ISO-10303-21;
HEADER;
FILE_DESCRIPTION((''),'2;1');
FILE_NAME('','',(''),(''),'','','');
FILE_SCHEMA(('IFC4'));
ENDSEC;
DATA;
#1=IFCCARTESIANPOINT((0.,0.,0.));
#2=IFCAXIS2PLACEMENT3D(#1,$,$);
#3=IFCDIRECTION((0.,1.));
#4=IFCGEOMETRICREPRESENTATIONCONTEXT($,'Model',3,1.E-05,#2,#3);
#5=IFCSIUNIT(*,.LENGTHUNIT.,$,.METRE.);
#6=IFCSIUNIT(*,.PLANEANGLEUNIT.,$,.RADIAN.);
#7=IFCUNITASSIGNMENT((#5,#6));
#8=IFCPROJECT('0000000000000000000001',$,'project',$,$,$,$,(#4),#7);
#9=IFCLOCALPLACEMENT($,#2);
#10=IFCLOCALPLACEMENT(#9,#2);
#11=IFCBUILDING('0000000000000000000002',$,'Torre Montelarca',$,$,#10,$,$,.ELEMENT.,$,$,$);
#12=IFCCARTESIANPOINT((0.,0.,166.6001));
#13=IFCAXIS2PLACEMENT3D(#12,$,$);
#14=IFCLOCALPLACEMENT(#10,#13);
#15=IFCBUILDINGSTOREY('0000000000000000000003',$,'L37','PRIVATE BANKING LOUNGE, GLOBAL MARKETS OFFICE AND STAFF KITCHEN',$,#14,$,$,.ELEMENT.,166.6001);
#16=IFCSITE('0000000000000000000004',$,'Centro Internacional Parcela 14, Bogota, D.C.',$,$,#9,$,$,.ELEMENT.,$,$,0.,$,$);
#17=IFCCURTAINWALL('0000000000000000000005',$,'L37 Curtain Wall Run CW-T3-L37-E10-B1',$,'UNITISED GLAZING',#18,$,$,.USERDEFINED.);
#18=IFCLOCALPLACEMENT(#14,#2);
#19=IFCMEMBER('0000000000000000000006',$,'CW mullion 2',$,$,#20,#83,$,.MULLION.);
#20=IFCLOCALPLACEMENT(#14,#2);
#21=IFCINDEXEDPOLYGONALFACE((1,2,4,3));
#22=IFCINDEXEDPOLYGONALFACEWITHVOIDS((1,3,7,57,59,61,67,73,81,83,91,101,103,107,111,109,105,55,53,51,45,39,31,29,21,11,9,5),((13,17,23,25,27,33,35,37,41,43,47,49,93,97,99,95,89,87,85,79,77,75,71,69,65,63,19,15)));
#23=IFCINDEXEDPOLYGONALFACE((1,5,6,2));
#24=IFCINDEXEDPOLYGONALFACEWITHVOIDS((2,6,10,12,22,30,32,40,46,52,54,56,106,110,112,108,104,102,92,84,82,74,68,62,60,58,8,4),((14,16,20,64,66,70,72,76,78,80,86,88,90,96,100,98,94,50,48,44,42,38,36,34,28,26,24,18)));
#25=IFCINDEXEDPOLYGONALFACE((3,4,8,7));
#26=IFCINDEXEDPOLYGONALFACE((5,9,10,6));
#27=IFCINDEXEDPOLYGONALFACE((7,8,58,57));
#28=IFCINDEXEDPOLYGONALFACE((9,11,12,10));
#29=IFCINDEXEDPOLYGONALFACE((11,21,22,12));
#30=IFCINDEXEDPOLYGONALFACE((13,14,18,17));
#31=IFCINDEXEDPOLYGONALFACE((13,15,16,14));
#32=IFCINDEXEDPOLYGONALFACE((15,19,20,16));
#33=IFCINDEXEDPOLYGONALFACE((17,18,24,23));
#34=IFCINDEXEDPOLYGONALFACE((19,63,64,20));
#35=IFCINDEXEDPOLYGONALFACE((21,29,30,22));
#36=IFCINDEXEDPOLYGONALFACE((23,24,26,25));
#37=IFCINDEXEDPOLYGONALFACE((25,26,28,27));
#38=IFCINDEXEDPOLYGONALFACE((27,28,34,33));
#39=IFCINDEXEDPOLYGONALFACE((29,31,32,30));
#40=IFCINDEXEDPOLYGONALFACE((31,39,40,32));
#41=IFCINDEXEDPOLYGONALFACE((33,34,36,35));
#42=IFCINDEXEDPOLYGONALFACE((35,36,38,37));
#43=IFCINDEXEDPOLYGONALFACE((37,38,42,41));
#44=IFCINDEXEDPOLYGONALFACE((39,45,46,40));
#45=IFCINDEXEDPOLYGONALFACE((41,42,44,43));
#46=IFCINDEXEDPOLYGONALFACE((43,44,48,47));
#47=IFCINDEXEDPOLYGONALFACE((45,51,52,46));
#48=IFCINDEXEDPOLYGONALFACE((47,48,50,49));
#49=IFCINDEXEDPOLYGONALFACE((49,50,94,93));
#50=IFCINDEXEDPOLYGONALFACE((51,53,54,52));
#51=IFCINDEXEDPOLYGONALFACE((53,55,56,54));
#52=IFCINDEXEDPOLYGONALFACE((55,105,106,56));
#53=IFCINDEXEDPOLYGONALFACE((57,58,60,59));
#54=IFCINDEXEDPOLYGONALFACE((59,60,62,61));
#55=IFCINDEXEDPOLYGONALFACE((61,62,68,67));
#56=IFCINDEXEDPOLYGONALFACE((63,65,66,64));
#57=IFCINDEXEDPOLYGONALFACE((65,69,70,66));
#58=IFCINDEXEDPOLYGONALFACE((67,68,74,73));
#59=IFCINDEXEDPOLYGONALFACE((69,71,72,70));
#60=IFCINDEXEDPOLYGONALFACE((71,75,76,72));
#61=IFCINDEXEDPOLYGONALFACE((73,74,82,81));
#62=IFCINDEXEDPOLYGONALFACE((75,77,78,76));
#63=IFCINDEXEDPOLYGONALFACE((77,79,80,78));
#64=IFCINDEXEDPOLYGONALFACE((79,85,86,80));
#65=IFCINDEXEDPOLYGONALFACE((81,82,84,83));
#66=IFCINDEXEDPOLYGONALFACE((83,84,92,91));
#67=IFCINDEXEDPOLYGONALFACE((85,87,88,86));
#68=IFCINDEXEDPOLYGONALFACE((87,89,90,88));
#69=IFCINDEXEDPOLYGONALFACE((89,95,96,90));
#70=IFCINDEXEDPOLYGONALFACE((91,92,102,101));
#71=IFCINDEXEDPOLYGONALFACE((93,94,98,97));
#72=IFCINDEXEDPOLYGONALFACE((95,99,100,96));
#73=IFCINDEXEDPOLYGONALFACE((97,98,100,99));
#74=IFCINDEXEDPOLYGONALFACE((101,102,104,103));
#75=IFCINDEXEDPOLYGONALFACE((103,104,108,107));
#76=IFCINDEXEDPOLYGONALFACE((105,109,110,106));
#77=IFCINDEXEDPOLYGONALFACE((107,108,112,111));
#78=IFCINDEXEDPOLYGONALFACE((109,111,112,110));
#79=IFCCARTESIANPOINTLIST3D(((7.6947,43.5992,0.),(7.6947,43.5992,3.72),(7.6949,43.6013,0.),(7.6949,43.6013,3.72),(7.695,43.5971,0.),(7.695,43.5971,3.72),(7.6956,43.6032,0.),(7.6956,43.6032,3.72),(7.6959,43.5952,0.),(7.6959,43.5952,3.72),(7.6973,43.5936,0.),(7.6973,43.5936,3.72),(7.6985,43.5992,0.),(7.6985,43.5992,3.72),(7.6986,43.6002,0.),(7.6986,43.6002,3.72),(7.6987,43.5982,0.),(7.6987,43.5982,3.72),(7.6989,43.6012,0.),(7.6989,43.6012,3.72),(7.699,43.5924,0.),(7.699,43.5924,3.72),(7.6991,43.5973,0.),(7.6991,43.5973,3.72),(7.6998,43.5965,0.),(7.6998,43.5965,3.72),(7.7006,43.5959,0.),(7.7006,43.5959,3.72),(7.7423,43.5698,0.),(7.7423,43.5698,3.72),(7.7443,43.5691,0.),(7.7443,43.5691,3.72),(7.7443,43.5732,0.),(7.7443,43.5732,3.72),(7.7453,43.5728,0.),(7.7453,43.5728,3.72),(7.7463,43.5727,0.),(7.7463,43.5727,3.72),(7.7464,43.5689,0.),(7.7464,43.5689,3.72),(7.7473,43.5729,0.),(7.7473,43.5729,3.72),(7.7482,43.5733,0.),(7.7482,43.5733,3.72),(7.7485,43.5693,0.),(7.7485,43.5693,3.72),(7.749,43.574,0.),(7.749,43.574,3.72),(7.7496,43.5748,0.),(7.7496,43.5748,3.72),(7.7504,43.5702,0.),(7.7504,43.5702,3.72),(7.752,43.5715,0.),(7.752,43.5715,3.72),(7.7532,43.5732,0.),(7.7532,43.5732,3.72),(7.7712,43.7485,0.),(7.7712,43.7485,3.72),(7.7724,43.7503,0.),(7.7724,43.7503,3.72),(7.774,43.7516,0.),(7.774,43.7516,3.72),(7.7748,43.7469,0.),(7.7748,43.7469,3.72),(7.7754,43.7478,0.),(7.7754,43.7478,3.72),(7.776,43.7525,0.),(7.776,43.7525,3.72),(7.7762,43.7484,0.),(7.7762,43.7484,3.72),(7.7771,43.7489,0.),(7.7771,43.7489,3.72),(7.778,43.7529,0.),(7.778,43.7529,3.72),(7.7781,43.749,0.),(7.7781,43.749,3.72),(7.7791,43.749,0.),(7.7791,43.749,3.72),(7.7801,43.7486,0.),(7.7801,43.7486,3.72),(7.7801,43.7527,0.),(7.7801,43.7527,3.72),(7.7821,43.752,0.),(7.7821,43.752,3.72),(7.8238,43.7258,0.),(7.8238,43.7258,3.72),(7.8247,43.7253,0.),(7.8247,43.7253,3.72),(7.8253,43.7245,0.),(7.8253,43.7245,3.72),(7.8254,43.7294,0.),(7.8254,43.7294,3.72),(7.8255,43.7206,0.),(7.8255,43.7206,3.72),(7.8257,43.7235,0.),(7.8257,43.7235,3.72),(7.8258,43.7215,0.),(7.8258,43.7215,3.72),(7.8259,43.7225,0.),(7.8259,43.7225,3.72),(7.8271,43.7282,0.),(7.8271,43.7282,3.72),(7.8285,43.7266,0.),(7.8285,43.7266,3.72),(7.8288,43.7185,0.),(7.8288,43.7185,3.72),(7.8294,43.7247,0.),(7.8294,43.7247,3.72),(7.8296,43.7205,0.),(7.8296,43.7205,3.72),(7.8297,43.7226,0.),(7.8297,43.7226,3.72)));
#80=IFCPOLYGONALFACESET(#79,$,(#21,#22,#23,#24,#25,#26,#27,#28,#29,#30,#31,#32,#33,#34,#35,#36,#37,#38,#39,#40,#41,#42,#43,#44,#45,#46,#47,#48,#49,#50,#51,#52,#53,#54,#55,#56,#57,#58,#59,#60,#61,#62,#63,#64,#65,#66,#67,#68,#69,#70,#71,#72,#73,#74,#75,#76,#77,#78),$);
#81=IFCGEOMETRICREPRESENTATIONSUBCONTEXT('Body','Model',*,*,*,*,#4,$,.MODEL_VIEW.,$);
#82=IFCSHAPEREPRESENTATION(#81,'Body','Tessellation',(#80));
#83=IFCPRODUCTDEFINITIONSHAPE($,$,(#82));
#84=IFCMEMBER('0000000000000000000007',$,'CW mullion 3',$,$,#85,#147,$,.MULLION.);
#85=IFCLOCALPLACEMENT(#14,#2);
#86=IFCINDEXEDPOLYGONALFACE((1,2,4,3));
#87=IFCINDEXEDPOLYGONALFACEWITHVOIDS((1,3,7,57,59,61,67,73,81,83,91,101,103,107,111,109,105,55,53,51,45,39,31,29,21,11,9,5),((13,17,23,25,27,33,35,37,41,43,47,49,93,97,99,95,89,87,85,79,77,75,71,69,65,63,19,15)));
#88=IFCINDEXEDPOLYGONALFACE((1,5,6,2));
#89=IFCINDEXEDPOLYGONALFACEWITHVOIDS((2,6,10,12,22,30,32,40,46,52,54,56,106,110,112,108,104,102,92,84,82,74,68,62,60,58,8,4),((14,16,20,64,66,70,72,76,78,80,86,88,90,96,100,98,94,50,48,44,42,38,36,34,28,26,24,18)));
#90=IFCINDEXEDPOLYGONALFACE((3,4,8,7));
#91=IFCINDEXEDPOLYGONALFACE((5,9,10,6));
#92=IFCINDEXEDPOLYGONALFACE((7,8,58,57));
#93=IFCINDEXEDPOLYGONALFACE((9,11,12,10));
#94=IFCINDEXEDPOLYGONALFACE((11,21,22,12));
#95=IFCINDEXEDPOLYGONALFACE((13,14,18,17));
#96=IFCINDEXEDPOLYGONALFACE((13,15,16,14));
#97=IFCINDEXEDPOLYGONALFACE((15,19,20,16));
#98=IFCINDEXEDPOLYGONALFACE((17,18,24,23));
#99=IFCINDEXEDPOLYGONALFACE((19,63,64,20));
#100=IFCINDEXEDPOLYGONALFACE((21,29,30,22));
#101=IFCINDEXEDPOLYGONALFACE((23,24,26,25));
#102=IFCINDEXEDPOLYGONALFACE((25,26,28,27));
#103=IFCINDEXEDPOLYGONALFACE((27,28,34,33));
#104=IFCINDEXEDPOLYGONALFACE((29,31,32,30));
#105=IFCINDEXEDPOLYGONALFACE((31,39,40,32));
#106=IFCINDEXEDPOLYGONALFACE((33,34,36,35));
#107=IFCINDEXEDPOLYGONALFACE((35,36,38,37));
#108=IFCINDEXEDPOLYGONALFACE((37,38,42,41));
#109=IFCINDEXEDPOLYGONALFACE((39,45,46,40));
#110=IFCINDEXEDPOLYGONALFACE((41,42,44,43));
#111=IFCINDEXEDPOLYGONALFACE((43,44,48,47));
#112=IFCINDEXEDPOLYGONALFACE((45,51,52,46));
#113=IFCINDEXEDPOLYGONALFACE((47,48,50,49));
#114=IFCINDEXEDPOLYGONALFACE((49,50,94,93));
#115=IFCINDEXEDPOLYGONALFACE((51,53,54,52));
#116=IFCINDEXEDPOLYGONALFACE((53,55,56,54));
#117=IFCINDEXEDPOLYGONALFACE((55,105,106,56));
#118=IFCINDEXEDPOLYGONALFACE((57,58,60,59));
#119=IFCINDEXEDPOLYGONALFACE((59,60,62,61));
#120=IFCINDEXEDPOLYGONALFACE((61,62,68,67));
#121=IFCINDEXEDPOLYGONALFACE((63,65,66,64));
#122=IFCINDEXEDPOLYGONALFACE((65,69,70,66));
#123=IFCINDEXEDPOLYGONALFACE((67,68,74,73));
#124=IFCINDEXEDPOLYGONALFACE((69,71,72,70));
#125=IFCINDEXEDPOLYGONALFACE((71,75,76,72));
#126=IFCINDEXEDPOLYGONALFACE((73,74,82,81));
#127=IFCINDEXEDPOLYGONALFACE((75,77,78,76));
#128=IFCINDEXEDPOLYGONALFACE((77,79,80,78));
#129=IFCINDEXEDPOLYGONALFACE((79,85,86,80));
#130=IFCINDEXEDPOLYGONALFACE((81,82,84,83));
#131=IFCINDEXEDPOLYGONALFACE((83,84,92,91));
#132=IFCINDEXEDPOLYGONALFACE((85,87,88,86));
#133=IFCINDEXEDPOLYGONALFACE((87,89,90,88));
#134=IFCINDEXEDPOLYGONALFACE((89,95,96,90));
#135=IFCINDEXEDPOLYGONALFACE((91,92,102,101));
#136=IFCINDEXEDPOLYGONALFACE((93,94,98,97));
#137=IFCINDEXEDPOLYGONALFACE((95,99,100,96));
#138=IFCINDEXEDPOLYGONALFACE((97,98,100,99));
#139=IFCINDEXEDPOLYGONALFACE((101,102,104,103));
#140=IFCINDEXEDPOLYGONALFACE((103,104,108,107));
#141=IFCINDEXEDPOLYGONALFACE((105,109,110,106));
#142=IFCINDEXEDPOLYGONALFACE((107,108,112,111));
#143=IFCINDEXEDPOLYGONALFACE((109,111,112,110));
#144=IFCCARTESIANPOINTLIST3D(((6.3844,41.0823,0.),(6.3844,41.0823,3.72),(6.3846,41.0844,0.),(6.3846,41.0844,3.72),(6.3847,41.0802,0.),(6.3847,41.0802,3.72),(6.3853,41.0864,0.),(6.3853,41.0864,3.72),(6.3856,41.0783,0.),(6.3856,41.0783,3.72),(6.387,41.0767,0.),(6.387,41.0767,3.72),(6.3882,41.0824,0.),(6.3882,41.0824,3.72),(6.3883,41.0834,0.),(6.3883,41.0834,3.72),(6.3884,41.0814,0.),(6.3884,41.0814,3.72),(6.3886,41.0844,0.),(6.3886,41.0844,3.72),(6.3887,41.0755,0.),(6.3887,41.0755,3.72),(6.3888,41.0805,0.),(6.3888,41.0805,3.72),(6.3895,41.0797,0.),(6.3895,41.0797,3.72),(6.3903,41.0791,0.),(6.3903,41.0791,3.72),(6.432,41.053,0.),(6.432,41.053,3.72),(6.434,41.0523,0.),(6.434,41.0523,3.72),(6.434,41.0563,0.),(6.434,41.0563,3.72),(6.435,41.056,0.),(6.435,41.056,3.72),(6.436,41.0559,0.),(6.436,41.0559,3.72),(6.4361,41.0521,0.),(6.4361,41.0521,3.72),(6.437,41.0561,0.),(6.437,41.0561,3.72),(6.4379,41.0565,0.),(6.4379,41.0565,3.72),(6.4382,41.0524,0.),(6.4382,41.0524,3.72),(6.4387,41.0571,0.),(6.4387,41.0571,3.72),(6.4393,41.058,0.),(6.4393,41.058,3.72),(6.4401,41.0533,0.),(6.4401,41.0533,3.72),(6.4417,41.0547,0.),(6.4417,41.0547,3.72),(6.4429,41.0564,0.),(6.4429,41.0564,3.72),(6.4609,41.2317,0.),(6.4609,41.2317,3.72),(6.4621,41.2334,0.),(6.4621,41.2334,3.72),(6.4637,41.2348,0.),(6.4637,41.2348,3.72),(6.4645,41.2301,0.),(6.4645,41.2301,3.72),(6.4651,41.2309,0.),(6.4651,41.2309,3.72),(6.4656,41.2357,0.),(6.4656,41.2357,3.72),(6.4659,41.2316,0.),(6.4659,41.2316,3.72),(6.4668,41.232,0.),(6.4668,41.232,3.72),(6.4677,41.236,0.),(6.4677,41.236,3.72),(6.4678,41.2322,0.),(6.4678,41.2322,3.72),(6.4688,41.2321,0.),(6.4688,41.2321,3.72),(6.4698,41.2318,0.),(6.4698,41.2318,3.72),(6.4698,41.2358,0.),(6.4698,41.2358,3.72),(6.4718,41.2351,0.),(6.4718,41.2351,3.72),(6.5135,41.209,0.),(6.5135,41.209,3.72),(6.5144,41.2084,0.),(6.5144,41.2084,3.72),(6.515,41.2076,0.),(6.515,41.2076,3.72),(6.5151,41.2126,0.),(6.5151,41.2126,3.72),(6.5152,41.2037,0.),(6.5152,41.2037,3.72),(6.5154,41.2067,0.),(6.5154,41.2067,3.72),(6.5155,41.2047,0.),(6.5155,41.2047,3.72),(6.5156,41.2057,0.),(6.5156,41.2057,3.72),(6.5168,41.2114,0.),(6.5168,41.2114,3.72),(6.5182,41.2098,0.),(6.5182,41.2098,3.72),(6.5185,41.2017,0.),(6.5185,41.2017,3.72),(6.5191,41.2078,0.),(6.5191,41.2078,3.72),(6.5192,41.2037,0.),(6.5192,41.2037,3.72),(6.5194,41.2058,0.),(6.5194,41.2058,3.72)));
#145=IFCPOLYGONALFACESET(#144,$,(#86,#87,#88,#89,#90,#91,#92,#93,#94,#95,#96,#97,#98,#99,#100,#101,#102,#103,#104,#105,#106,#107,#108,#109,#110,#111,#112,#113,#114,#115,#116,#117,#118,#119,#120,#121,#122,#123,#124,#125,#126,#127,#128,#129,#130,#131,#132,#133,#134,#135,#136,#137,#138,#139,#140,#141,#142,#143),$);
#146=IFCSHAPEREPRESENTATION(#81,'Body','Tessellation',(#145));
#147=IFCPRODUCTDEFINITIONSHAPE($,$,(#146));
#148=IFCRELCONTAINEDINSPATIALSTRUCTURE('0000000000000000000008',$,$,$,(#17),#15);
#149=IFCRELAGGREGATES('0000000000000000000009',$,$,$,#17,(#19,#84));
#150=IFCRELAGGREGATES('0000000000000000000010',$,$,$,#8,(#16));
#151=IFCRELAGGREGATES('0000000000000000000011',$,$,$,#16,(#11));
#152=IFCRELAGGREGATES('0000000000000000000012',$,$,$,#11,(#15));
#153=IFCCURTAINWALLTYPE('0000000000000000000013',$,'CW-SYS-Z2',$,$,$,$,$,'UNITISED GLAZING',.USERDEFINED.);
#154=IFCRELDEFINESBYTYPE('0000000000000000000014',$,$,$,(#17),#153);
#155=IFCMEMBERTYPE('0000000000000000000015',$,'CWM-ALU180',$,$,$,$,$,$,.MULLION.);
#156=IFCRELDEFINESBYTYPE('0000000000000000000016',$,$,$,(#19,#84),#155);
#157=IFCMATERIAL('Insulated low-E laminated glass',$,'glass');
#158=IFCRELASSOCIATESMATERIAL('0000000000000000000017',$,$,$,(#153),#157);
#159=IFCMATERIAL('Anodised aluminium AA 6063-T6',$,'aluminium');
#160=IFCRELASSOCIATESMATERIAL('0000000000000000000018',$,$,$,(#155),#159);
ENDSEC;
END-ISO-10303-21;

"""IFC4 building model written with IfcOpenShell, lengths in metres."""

from ifc_helpers import new_model, si_unit, direction, frame, origin, origin_2d, place, context, subcontext, project, spatial, hollow_rectangle, extrude, source, transform, mapped, material, material_profile, profile_set, type_object, element, aggregate, save


model = new_model("IFC4")

# Units and contexts
model_context = context("Model", 3, precision=1e-05, world=origin(), true_north=direction((0.0, 1.0)))
body_context = subcontext(model_context, "Body", "Model", "MODEL_VIEW")
ifc_project = project(units=[si_unit("LENGTHUNIT", "METRE"), si_unit("PLANEANGLEUNIT", "RADIAN")], contexts=[model_context])

# Site, building, storey
site_placement = place(None, origin())
site = spatial("IfcSite", under=ifc_project, at=site_placement, Name="Centro Internacional Parcela 14, Bogota, D.C.", CompositionType="ELEMENT", RefElevation=0.0)
building_placement = place(site_placement, origin())
building = spatial("IfcBuilding", under=site, at=building_placement, Name="Torre Montelarca", CompositionType="ELEMENT")
storey_placement = place(building_placement, frame((0.0, 0.0, 166.6001)))
storey = spatial("IfcBuildingStorey", under=building, at=storey_placement, Name="L37", Description="PRIVATE BANKING LOUNGE, GLOBAL MARKETS OFFICE AND STAFF KITCHEN", CompositionType="ELEMENT", Elevation=166.6001)

# Curtain wall
ifc_material_1 = material(Name="Insulated low-E laminated glass", Category="glass")
curtain_wall_type = type_object("IfcCurtainWallType", Name="CW-SYS-Z2", ElementType="UNITISED GLAZING", PredefinedType="USERDEFINED", material=ifc_material_1)
ifc_material_2 = material(Name="Anodised aluminium AA 6063-T6", Category="aluminium")
curtain_wall_1_placement = place(storey_placement, origin())
curtain_wall_1 = element("IfcCurtainWall", 1, at=curtain_wall_1_placement, inside=storey, type_object=curtain_wall_type, Name="L37 Curtain Wall Run CW-T3-L37-E10-B1", ObjectType="UNITISED GLAZING", PredefinedType="USERDEFINED")

# Shared definitions
ifc_material_profile_1 = material_profile(ifc_material_2, hollow_rectangle(XDim=0.0649, YDim=0.1799, WallThickness=0.0039, InnerFilletRadius=0.0039, OuterFilletRadius=0.0081, at=origin_2d()), Name="ALU65X180X4", Category="aluminium")
ifc_profile_set_1 = profile_set([ifc_material_profile_1], Name="Anodised aluminium AA 6063-T6")
member_type_1 = type_object("IfcMemberType", Name="CWM-ALU180", PredefinedType="MULLION", material=ifc_profile_set_1)
shared_shape_1 = source(origin(), body_context, "Body", "SweptSolid", [
    extrude(hollow_rectangle(XDim=0.0649, YDim=0.1799, WallThickness=0.0039, InnerFilletRadius=0.0039, OuterFilletRadius=0.0081, at=origin_2d()), origin(), (0.0, 0.0, 1.0), 3.72),
])

# Members
member_1_placement = place(storey_placement, frame((7.7622, 43.6609, 0.0), z_axis=(0.0, 0.0, 1.0), x_axis=(0.887005, -0.46176, 0.0)))
member_1 = element("IfcMember", 2, at=member_1_placement, type_object=member_type_1, Name="CW mullion 2", PredefinedType="MULLION", context=body_context, shape_type="MappedRepresentation", body=[
    mapped(shared_shape_1, transform((0.0, 0.0, 0.0), scale=1.0)),
])
member_2_placement = place(storey_placement, frame((6.4519, 41.144, 0.0), z_axis=(0.0, 0.0, 1.0), x_axis=(0.887005, -0.46176, 0.0)))
member_2 = element("IfcMember", 3, at=member_2_placement, type_object=member_type_1, Name="CW mullion 3", PredefinedType="MULLION", context=body_context, shape_type="MappedRepresentation", body=[
    mapped(shared_shape_1, transform((0.0, 0.0, 0.0), scale=1.0)),
])

aggregate(curtain_wall_1, [member_1, member_2])

save(model, "model.ifc")
